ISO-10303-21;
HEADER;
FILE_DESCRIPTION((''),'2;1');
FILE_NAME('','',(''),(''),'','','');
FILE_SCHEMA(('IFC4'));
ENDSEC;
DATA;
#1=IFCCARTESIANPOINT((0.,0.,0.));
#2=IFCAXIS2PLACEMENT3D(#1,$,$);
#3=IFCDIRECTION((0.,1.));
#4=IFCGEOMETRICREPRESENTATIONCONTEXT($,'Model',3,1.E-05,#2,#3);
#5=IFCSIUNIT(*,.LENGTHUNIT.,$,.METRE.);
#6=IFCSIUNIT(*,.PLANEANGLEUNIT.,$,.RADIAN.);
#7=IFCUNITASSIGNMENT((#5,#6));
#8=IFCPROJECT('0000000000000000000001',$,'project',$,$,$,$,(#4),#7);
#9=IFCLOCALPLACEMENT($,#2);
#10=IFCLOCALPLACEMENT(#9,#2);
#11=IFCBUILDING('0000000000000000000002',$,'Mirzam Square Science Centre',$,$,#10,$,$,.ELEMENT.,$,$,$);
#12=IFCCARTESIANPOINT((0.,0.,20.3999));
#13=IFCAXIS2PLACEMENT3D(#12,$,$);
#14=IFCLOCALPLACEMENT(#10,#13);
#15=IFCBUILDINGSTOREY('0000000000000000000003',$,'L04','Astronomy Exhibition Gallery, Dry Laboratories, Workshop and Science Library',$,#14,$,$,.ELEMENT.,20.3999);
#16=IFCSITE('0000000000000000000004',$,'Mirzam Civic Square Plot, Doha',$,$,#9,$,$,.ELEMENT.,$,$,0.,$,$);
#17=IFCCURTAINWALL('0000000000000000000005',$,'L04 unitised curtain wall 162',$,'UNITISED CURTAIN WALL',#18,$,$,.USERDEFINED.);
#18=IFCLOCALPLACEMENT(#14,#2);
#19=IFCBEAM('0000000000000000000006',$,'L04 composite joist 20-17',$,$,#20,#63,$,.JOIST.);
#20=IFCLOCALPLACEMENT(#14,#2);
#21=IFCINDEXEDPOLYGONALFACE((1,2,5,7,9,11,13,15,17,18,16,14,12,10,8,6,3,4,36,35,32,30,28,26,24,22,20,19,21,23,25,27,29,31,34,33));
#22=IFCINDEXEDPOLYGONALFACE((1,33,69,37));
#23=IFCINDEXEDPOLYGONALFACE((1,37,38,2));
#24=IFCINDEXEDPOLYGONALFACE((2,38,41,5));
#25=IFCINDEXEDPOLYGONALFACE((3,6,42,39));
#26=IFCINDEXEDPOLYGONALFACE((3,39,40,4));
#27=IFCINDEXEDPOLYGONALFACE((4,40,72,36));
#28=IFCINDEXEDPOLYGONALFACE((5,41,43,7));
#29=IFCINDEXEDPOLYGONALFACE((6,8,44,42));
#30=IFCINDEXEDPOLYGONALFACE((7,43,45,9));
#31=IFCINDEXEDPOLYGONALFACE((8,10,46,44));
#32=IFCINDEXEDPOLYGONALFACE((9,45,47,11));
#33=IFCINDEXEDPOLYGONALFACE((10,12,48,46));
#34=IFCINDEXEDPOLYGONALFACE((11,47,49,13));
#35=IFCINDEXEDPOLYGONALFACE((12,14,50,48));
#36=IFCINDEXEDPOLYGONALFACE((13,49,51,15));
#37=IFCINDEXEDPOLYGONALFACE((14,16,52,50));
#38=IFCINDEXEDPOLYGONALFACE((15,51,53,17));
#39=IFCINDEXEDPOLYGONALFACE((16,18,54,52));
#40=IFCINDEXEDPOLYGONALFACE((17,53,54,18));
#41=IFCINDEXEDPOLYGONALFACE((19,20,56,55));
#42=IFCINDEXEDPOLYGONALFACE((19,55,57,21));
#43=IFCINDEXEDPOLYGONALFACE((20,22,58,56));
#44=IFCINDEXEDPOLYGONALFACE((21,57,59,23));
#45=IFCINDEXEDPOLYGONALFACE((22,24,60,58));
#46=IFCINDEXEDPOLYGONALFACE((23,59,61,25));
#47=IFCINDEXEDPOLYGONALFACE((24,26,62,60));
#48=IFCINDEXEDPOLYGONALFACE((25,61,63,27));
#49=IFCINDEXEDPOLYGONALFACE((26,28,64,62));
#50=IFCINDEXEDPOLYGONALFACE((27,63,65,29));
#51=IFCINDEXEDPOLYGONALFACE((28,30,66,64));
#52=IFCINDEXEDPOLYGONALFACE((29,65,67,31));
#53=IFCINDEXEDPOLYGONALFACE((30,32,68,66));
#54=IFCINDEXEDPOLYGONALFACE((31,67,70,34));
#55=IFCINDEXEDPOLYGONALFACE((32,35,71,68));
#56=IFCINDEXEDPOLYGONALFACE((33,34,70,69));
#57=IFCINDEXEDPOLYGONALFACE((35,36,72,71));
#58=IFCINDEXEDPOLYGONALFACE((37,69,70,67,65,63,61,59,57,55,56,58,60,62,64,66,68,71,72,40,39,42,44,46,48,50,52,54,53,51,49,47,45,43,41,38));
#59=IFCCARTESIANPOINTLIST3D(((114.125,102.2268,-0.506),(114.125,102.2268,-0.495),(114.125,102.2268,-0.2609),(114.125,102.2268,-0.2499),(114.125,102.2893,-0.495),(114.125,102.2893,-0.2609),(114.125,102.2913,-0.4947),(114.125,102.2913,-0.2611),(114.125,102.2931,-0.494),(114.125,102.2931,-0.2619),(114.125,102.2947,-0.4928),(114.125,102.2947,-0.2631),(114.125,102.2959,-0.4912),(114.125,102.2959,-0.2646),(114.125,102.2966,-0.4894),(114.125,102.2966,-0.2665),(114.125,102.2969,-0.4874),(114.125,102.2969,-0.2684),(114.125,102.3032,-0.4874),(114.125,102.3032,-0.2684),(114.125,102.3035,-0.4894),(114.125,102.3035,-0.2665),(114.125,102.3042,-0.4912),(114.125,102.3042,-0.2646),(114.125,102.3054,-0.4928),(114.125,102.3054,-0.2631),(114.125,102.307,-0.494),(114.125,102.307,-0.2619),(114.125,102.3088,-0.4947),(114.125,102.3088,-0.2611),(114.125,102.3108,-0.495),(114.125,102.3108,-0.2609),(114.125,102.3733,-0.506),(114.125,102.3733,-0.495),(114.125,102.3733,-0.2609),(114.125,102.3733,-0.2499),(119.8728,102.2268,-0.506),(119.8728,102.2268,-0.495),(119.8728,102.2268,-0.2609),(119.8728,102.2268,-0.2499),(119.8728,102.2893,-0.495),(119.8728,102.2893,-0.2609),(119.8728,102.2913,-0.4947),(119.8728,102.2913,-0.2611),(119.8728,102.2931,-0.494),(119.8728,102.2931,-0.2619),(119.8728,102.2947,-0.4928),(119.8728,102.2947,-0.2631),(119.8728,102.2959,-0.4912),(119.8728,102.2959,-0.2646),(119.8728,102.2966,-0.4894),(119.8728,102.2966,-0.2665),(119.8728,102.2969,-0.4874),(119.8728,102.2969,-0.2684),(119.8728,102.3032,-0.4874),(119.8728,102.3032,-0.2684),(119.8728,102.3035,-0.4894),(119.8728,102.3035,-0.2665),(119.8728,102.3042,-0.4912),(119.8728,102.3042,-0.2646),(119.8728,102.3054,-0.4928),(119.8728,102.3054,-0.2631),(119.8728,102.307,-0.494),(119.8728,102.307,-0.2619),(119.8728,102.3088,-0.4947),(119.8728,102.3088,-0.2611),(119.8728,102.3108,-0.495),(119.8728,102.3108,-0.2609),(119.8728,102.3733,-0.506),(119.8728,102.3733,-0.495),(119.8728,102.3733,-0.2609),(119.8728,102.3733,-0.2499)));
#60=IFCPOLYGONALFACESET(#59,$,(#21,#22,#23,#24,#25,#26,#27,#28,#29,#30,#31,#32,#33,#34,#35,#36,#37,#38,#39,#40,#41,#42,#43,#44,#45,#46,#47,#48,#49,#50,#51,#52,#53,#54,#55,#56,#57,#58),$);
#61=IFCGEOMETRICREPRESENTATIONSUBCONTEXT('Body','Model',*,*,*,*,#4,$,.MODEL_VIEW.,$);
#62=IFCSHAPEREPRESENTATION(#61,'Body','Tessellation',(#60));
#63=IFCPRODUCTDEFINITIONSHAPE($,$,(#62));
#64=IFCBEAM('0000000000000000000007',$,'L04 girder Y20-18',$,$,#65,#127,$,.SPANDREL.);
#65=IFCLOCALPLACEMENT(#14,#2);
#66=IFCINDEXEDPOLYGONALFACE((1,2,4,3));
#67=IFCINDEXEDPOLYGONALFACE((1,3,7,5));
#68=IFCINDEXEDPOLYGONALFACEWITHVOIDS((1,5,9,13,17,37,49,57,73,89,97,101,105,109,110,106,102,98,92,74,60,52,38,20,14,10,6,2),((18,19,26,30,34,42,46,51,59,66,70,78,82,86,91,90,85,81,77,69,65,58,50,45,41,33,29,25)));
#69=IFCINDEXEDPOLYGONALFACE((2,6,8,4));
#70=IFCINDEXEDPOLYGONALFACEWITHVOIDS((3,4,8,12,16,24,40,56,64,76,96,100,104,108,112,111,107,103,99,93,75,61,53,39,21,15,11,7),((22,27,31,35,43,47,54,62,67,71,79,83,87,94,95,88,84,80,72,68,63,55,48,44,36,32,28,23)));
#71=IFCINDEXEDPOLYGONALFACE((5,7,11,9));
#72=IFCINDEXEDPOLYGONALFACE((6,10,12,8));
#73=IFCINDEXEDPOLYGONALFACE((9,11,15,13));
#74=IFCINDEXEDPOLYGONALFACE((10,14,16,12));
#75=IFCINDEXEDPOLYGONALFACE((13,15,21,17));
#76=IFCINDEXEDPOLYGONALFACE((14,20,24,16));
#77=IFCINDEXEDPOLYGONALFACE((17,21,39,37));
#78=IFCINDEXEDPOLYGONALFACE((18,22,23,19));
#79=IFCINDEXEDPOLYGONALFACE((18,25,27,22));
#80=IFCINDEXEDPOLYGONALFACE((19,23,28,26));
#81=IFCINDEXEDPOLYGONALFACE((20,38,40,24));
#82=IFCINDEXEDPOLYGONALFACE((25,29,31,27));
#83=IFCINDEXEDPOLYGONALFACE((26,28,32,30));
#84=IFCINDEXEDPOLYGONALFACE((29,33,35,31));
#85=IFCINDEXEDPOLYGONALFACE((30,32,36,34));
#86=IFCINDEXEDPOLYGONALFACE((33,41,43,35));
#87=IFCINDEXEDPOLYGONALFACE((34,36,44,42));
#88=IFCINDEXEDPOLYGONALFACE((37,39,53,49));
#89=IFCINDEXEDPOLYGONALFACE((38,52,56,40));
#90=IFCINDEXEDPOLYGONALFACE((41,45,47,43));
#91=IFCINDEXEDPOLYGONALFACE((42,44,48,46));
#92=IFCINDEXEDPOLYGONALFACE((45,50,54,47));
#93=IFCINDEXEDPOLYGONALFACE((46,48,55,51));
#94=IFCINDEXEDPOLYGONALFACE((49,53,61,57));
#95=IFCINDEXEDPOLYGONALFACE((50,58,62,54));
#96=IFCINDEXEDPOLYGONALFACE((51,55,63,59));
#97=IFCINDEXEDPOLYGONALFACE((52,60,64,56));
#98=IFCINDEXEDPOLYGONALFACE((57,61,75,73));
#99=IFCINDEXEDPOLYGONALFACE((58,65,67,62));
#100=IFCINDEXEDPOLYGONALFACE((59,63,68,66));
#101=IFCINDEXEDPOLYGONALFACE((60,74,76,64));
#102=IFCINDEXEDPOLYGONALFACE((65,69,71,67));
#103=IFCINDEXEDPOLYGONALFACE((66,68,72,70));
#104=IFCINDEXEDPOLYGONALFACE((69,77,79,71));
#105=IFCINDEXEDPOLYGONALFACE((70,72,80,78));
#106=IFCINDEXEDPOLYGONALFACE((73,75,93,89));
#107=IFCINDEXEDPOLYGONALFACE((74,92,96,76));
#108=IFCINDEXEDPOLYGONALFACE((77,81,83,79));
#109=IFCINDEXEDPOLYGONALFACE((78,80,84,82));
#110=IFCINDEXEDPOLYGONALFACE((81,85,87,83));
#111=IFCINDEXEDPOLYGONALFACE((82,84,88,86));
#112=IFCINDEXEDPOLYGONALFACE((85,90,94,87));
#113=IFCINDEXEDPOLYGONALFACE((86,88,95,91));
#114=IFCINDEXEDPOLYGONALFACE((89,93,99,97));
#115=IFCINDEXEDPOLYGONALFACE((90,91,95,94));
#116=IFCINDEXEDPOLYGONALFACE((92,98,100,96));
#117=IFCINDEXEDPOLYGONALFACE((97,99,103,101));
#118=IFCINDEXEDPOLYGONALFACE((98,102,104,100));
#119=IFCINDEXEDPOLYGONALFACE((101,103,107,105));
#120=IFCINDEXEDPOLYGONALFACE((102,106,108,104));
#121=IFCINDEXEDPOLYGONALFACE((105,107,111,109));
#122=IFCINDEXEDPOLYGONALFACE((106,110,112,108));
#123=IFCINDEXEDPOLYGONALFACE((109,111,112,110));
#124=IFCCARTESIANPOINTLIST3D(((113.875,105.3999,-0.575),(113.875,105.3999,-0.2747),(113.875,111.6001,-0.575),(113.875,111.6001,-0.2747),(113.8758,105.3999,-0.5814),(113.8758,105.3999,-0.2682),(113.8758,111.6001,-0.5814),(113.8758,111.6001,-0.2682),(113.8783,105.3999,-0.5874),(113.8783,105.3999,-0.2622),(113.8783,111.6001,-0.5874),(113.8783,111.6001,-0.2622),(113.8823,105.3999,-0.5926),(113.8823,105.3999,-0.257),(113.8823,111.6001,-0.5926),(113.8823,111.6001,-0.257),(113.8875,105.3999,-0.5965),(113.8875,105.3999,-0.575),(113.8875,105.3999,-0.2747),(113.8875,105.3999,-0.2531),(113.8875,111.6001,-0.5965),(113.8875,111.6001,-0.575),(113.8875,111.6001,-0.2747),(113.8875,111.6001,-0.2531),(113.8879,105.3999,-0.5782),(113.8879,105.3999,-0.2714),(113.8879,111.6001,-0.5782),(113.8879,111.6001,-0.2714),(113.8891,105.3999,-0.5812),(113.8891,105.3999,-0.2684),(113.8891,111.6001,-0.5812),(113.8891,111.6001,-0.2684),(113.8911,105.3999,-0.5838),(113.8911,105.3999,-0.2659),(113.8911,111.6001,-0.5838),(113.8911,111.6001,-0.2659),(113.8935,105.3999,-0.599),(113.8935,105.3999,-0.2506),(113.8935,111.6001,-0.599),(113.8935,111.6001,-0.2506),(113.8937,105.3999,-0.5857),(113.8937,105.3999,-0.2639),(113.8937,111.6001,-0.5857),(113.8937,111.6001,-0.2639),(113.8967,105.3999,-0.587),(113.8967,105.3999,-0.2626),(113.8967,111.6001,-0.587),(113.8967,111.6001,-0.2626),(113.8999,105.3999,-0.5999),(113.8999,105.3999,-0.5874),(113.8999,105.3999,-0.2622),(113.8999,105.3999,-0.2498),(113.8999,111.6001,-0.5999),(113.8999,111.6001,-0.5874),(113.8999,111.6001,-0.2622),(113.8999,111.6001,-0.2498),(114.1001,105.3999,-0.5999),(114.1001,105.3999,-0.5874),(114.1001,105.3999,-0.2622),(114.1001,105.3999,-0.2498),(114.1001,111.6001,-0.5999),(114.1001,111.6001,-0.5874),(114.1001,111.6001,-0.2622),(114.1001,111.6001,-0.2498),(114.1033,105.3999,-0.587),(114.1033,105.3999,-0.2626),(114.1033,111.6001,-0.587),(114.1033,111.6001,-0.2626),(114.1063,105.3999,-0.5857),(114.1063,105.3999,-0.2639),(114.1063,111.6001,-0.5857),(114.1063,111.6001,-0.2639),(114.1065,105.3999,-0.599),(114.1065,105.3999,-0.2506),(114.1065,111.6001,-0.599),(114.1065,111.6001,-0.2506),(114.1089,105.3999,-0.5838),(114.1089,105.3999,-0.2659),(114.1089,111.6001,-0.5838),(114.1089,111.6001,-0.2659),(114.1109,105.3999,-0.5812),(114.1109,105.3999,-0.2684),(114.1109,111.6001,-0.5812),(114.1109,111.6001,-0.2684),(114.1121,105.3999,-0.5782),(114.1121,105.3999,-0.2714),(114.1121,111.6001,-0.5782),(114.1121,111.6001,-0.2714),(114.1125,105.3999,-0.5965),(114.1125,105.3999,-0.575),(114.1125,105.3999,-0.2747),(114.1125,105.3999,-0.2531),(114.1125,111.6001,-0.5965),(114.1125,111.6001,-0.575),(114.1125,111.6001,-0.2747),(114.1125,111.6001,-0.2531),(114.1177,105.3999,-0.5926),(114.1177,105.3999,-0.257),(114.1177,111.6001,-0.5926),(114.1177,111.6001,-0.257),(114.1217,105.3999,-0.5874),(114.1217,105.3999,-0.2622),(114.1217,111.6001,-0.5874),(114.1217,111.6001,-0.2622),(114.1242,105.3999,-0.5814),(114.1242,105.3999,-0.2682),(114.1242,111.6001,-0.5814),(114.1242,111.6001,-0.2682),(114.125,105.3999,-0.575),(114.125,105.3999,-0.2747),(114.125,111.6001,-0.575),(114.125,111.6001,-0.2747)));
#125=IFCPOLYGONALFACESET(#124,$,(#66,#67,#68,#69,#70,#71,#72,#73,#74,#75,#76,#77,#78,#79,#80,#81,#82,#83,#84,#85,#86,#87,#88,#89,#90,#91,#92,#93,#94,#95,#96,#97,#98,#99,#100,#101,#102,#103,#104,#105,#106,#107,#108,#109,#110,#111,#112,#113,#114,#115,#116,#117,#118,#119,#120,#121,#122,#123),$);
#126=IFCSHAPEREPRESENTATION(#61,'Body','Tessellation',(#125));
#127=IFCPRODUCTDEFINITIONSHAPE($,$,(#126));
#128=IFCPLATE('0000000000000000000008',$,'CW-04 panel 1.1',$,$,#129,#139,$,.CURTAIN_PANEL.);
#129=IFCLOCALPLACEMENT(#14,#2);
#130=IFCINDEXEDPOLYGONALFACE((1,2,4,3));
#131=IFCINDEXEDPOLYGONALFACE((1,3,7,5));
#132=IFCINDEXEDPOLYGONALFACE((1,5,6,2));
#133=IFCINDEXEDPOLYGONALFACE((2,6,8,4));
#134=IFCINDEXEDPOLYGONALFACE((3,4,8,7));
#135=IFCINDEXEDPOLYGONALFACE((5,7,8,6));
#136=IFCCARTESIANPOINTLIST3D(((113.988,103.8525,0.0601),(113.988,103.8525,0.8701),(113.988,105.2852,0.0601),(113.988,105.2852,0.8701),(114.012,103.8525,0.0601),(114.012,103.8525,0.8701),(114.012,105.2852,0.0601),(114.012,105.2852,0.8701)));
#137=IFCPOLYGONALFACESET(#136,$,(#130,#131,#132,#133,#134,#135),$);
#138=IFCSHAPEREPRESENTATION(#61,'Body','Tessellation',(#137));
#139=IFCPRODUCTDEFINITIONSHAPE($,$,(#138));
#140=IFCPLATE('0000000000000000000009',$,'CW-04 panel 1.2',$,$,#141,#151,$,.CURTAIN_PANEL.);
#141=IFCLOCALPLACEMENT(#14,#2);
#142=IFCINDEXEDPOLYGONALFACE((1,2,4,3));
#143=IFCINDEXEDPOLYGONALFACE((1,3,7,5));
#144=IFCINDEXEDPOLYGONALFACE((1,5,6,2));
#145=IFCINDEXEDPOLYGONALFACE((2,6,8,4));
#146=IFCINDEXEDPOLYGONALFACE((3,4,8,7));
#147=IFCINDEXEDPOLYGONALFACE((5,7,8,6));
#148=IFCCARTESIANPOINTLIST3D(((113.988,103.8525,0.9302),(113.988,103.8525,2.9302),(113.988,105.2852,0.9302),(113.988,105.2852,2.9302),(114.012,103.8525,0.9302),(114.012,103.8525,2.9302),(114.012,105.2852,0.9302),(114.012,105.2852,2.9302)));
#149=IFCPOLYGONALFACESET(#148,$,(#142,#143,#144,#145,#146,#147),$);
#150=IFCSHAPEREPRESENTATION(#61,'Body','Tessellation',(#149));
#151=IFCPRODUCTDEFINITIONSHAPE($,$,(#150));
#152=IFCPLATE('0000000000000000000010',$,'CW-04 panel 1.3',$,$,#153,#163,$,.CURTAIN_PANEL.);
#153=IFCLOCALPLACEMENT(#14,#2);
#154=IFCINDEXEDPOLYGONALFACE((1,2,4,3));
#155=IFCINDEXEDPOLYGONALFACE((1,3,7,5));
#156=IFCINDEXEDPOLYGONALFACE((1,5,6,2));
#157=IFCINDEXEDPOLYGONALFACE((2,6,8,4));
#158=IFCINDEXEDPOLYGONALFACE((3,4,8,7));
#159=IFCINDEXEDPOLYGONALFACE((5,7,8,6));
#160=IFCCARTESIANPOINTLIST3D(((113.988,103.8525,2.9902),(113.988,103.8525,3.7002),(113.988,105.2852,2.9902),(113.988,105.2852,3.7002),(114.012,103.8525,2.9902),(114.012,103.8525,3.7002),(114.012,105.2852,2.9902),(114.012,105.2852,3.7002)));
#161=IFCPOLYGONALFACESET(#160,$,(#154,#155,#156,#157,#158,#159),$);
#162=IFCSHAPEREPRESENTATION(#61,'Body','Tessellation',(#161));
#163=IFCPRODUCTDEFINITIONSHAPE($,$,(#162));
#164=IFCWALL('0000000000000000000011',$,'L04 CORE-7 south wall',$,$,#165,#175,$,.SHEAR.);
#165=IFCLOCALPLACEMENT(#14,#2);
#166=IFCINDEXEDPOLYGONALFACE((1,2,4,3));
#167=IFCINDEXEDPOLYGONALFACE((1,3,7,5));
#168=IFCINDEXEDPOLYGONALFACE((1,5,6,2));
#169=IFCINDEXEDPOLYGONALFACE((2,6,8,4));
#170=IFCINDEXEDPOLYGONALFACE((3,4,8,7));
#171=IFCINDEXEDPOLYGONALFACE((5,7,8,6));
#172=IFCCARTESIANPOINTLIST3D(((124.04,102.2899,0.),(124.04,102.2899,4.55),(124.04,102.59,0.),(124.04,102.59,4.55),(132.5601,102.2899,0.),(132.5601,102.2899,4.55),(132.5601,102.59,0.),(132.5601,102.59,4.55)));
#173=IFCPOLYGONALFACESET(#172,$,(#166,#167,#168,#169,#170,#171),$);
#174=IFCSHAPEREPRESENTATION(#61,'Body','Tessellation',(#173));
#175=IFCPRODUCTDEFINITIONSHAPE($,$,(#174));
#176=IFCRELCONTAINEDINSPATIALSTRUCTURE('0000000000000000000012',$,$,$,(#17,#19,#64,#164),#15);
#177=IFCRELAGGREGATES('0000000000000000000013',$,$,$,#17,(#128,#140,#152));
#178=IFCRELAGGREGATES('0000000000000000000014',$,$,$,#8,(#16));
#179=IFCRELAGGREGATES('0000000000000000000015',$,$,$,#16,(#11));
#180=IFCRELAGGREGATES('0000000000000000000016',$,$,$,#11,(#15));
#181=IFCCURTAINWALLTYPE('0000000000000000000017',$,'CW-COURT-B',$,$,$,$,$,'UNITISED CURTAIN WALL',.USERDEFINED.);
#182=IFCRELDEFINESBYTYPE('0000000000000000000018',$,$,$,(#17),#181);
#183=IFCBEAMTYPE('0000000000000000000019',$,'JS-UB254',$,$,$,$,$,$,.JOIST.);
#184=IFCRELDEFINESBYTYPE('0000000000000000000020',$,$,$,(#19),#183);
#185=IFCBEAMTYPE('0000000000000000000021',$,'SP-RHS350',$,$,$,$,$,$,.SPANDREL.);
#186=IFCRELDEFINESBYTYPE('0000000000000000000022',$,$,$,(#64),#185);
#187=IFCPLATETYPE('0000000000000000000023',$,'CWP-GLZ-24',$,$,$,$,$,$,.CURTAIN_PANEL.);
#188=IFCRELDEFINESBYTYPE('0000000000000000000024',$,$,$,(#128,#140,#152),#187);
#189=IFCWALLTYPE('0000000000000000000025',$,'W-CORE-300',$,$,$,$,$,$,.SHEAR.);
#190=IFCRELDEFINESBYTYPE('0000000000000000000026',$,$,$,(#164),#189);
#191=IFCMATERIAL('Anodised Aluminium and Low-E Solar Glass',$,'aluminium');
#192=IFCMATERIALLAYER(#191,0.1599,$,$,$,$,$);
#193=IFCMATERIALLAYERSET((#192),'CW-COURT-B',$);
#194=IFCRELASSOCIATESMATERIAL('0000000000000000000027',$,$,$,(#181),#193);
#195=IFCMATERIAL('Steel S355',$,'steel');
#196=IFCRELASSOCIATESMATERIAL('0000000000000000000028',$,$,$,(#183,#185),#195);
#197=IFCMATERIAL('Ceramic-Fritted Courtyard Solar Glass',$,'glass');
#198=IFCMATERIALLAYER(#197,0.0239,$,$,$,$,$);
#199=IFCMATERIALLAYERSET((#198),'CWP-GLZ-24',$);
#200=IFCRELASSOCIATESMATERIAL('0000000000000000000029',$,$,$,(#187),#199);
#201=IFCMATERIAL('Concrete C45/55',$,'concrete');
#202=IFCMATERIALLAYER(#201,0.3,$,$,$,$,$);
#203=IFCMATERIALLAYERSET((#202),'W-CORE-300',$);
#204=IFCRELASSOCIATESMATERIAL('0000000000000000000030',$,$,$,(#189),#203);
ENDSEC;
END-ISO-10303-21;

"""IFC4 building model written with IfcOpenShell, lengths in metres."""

from ifc_helpers import new_model, si_unit, direction, frame, frame_2d, origin, origin_2d, place, context, subcontext, project, spatial, rectangle, hollow_rectangle, i_section, extrude, material, layer, layer_set, material_profile, profile_set, type_object, element, aggregate, save


model = new_model("IFC4")

# Units and contexts
model_context = context("Model", 3, precision=1e-05, world=origin(), true_north=direction((0.0, 1.0)))
body_context = subcontext(model_context, "Body", "Model", "MODEL_VIEW")
ifc_project = project(units=[si_unit("LENGTHUNIT", "METRE"), si_unit("PLANEANGLEUNIT", "RADIAN")], contexts=[model_context])

# Site, building, storey
site_placement = place(None, origin())
site = spatial("IfcSite", under=ifc_project, at=site_placement, Name="Mirzam Civic Square Plot, Doha", CompositionType="ELEMENT", RefElevation=0.0)
building_placement = place(site_placement, origin())
building = spatial("IfcBuilding", under=site, at=building_placement, Name="Mirzam Square Science Centre", CompositionType="ELEMENT")
storey_placement = place(building_placement, frame((0.0, 0.0, 20.3999)))
storey = spatial("IfcBuildingStorey", under=building, at=storey_placement, Name="L04", Description="Astronomy Exhibition Gallery, Dry Laboratories, Workshop and Science Library", CompositionType="ELEMENT", Elevation=20.3999)

# Shared definitions
ifc_material_1 = material(Name="Steel S355", Category="steel")

# Curtain wall
ifc_material_2 = material(Name="Anodised Aluminium and Low-E Solar Glass", Category="aluminium")
ifc_layer_1 = layer(ifc_material_2, 0.1599)
ifc_layer_set_1 = layer_set([ifc_layer_1], Name="CW-COURT-B")
curtain_wall_type_1 = type_object("IfcCurtainWallType", Name="CW-COURT-B", ElementType="UNITISED CURTAIN WALL", PredefinedType="USERDEFINED", material=ifc_layer_set_1)
curtain_wall_1_placement = place(storey_placement, origin())
curtain_wall_1 = element("IfcCurtainWall", 1, at=curtain_wall_1_placement, inside=storey, type_object=curtain_wall_type_1, Name="L04 unitised curtain wall 162", ObjectType="UNITISED CURTAIN WALL", PredefinedType="USERDEFINED")

# Beams
ifc_material_profile_1 = material_profile(ifc_material_1, i_section(OverallWidth=0.1465, OverallDepth=0.2561, WebThickness=0.0063, FlangeThickness=0.011, FilletRadius=0.0076, at=origin_2d()), Name="254x146x37UB")
ifc_profile_set_1 = profile_set([ifc_material_profile_1], Name="Steel S355")
beam_type_1 = type_object("IfcBeamType", Name="JS-UB254", PredefinedType="JOIST", material=ifc_profile_set_1)
beam_1_placement = place(storey_placement, frame((114.125, 102.3, -0.3779), z_axis=(1.0, 0.0, 0.0), x_axis=(0.0, 1.0, 0.0)))
element("IfcBeam", 2, at=beam_1_placement, inside=storey, type_object=beam_type_1, Name="L04 composite joist 20-17", PredefinedType="JOIST", context=body_context, shape_type="SweptSolid", body=[
    extrude(i_section(OverallWidth=0.1465, OverallDepth=0.2561, WebThickness=0.0063, FlangeThickness=0.011, FilletRadius=0.0076, at=origin_2d()), origin(), (0.0, 0.0, 1.0), 5.7478),
])
ifc_material_profile_2 = material_profile(ifc_material_1, hollow_rectangle(XDim=0.25, YDim=0.3501, WallThickness=0.0125, InnerFilletRadius=0.0125, OuterFilletRadius=0.0249, at=origin_2d()), Name="350x250x12.5RHS")
ifc_profile_set_2 = profile_set([ifc_material_profile_2], Name="Steel S355")
beam_type_2 = type_object("IfcBeamType", Name="SP-RHS350", PredefinedType="SPANDREL", material=ifc_profile_set_2)
beam_2_placement = place(storey_placement, frame((114.0, 105.3999, -0.4248), z_axis=(0.0, 1.0, 0.0), x_axis=(-1.0, 0.0, 0.0)))
element("IfcBeam", 3, at=beam_2_placement, inside=storey, type_object=beam_type_2, Name="L04 girder Y20-18", PredefinedType="SPANDREL", context=body_context, shape_type="SweptSolid", body=[
    extrude(hollow_rectangle(XDim=0.25, YDim=0.3501, WallThickness=0.0125, InnerFilletRadius=0.0125, OuterFilletRadius=0.0249, at=origin_2d()), origin(), (0.0, 0.0, 1.0), 6.2002),
])

# Plates
ifc_material_3 = material(Name="Ceramic-Fritted Courtyard Solar Glass", Category="glass")
ifc_layer_2 = layer(ifc_material_3, 0.0239)
ifc_layer_set_2 = layer_set([ifc_layer_2], Name="CWP-GLZ-24")
plate_type = type_object("IfcPlateType", Name="CWP-GLZ-24", PredefinedType="CURTAIN_PANEL", material=ifc_layer_set_2)
plate_1_placement = place(storey_placement, frame((114.0, 104.5688, 0.0601), z_axis=(0.0, 0.0, 1.0), x_axis=(0.0, -1.0, 0.0)))
plate_1 = element("IfcPlate", 4, at=plate_1_placement, type_object=plate_type, Name="CW-04 panel 1.1", PredefinedType="CURTAIN_PANEL", context=body_context, shape_type="SweptSolid", body=[
    extrude(rectangle(XDim=1.4326, YDim=0.0239, at=origin_2d()), origin(), (0.0, 0.0, 1.0), 0.8101),
])
plate_2_placement = place(storey_placement, frame((114.0, 104.5688, 0.9302), z_axis=(0.0, 0.0, 1.0), x_axis=(0.0, -1.0, 0.0)))
plate_2 = element("IfcPlate", 5, at=plate_2_placement, type_object=plate_type, Name="CW-04 panel 1.2", PredefinedType="CURTAIN_PANEL", context=body_context, shape_type="SweptSolid", body=[
    extrude(rectangle(XDim=1.4326, YDim=0.0239, at=origin_2d()), origin(), (0.0, 0.0, 1.0), 2.0),
])
plate_3_placement = place(storey_placement, frame((114.0, 104.5688, 2.9902), z_axis=(0.0, 0.0, 1.0), x_axis=(0.0, -1.0, 0.0)))
plate_3 = element("IfcPlate", 6, at=plate_3_placement, type_object=plate_type, Name="CW-04 panel 1.3", PredefinedType="CURTAIN_PANEL", context=body_context, shape_type="SweptSolid", body=[
    extrude(rectangle(XDim=1.4326, YDim=0.0239, at=origin_2d()), origin(), (0.0, 0.0, 1.0), 0.71),
])
aggregate(curtain_wall_1, [plate_1, plate_2, plate_3])

# Wall
ifc_material_4 = material(Name="Concrete C45/55", Category="concrete")
ifc_layer_3 = layer(ifc_material_4, 0.3)
ifc_layer_set_3 = layer_set([ifc_layer_3], Name="W-CORE-300")
wall_type_1 = type_object("IfcWallType", Name="W-CORE-300", PredefinedType="SHEAR", material=ifc_layer_set_3)
wall_1_placement = place(storey_placement, frame((124.04, 102.4399, 0.0), z_axis=(0.0, 0.0, 1.0), x_axis=(1.0, 0.0, 0.0)))
element("IfcWall", 7, at=wall_1_placement, inside=storey, type_object=wall_type_1, Name="L04 CORE-7 south wall", PredefinedType="SHEAR", context=body_context, shape_type="SweptSolid", body=[
    extrude(rectangle(XDim=8.52, YDim=0.3, at=frame_2d((4.26, 0.0))), origin(), (0.0, 0.0, 1.0), 4.55),
])

save(model, "model.ifc")
